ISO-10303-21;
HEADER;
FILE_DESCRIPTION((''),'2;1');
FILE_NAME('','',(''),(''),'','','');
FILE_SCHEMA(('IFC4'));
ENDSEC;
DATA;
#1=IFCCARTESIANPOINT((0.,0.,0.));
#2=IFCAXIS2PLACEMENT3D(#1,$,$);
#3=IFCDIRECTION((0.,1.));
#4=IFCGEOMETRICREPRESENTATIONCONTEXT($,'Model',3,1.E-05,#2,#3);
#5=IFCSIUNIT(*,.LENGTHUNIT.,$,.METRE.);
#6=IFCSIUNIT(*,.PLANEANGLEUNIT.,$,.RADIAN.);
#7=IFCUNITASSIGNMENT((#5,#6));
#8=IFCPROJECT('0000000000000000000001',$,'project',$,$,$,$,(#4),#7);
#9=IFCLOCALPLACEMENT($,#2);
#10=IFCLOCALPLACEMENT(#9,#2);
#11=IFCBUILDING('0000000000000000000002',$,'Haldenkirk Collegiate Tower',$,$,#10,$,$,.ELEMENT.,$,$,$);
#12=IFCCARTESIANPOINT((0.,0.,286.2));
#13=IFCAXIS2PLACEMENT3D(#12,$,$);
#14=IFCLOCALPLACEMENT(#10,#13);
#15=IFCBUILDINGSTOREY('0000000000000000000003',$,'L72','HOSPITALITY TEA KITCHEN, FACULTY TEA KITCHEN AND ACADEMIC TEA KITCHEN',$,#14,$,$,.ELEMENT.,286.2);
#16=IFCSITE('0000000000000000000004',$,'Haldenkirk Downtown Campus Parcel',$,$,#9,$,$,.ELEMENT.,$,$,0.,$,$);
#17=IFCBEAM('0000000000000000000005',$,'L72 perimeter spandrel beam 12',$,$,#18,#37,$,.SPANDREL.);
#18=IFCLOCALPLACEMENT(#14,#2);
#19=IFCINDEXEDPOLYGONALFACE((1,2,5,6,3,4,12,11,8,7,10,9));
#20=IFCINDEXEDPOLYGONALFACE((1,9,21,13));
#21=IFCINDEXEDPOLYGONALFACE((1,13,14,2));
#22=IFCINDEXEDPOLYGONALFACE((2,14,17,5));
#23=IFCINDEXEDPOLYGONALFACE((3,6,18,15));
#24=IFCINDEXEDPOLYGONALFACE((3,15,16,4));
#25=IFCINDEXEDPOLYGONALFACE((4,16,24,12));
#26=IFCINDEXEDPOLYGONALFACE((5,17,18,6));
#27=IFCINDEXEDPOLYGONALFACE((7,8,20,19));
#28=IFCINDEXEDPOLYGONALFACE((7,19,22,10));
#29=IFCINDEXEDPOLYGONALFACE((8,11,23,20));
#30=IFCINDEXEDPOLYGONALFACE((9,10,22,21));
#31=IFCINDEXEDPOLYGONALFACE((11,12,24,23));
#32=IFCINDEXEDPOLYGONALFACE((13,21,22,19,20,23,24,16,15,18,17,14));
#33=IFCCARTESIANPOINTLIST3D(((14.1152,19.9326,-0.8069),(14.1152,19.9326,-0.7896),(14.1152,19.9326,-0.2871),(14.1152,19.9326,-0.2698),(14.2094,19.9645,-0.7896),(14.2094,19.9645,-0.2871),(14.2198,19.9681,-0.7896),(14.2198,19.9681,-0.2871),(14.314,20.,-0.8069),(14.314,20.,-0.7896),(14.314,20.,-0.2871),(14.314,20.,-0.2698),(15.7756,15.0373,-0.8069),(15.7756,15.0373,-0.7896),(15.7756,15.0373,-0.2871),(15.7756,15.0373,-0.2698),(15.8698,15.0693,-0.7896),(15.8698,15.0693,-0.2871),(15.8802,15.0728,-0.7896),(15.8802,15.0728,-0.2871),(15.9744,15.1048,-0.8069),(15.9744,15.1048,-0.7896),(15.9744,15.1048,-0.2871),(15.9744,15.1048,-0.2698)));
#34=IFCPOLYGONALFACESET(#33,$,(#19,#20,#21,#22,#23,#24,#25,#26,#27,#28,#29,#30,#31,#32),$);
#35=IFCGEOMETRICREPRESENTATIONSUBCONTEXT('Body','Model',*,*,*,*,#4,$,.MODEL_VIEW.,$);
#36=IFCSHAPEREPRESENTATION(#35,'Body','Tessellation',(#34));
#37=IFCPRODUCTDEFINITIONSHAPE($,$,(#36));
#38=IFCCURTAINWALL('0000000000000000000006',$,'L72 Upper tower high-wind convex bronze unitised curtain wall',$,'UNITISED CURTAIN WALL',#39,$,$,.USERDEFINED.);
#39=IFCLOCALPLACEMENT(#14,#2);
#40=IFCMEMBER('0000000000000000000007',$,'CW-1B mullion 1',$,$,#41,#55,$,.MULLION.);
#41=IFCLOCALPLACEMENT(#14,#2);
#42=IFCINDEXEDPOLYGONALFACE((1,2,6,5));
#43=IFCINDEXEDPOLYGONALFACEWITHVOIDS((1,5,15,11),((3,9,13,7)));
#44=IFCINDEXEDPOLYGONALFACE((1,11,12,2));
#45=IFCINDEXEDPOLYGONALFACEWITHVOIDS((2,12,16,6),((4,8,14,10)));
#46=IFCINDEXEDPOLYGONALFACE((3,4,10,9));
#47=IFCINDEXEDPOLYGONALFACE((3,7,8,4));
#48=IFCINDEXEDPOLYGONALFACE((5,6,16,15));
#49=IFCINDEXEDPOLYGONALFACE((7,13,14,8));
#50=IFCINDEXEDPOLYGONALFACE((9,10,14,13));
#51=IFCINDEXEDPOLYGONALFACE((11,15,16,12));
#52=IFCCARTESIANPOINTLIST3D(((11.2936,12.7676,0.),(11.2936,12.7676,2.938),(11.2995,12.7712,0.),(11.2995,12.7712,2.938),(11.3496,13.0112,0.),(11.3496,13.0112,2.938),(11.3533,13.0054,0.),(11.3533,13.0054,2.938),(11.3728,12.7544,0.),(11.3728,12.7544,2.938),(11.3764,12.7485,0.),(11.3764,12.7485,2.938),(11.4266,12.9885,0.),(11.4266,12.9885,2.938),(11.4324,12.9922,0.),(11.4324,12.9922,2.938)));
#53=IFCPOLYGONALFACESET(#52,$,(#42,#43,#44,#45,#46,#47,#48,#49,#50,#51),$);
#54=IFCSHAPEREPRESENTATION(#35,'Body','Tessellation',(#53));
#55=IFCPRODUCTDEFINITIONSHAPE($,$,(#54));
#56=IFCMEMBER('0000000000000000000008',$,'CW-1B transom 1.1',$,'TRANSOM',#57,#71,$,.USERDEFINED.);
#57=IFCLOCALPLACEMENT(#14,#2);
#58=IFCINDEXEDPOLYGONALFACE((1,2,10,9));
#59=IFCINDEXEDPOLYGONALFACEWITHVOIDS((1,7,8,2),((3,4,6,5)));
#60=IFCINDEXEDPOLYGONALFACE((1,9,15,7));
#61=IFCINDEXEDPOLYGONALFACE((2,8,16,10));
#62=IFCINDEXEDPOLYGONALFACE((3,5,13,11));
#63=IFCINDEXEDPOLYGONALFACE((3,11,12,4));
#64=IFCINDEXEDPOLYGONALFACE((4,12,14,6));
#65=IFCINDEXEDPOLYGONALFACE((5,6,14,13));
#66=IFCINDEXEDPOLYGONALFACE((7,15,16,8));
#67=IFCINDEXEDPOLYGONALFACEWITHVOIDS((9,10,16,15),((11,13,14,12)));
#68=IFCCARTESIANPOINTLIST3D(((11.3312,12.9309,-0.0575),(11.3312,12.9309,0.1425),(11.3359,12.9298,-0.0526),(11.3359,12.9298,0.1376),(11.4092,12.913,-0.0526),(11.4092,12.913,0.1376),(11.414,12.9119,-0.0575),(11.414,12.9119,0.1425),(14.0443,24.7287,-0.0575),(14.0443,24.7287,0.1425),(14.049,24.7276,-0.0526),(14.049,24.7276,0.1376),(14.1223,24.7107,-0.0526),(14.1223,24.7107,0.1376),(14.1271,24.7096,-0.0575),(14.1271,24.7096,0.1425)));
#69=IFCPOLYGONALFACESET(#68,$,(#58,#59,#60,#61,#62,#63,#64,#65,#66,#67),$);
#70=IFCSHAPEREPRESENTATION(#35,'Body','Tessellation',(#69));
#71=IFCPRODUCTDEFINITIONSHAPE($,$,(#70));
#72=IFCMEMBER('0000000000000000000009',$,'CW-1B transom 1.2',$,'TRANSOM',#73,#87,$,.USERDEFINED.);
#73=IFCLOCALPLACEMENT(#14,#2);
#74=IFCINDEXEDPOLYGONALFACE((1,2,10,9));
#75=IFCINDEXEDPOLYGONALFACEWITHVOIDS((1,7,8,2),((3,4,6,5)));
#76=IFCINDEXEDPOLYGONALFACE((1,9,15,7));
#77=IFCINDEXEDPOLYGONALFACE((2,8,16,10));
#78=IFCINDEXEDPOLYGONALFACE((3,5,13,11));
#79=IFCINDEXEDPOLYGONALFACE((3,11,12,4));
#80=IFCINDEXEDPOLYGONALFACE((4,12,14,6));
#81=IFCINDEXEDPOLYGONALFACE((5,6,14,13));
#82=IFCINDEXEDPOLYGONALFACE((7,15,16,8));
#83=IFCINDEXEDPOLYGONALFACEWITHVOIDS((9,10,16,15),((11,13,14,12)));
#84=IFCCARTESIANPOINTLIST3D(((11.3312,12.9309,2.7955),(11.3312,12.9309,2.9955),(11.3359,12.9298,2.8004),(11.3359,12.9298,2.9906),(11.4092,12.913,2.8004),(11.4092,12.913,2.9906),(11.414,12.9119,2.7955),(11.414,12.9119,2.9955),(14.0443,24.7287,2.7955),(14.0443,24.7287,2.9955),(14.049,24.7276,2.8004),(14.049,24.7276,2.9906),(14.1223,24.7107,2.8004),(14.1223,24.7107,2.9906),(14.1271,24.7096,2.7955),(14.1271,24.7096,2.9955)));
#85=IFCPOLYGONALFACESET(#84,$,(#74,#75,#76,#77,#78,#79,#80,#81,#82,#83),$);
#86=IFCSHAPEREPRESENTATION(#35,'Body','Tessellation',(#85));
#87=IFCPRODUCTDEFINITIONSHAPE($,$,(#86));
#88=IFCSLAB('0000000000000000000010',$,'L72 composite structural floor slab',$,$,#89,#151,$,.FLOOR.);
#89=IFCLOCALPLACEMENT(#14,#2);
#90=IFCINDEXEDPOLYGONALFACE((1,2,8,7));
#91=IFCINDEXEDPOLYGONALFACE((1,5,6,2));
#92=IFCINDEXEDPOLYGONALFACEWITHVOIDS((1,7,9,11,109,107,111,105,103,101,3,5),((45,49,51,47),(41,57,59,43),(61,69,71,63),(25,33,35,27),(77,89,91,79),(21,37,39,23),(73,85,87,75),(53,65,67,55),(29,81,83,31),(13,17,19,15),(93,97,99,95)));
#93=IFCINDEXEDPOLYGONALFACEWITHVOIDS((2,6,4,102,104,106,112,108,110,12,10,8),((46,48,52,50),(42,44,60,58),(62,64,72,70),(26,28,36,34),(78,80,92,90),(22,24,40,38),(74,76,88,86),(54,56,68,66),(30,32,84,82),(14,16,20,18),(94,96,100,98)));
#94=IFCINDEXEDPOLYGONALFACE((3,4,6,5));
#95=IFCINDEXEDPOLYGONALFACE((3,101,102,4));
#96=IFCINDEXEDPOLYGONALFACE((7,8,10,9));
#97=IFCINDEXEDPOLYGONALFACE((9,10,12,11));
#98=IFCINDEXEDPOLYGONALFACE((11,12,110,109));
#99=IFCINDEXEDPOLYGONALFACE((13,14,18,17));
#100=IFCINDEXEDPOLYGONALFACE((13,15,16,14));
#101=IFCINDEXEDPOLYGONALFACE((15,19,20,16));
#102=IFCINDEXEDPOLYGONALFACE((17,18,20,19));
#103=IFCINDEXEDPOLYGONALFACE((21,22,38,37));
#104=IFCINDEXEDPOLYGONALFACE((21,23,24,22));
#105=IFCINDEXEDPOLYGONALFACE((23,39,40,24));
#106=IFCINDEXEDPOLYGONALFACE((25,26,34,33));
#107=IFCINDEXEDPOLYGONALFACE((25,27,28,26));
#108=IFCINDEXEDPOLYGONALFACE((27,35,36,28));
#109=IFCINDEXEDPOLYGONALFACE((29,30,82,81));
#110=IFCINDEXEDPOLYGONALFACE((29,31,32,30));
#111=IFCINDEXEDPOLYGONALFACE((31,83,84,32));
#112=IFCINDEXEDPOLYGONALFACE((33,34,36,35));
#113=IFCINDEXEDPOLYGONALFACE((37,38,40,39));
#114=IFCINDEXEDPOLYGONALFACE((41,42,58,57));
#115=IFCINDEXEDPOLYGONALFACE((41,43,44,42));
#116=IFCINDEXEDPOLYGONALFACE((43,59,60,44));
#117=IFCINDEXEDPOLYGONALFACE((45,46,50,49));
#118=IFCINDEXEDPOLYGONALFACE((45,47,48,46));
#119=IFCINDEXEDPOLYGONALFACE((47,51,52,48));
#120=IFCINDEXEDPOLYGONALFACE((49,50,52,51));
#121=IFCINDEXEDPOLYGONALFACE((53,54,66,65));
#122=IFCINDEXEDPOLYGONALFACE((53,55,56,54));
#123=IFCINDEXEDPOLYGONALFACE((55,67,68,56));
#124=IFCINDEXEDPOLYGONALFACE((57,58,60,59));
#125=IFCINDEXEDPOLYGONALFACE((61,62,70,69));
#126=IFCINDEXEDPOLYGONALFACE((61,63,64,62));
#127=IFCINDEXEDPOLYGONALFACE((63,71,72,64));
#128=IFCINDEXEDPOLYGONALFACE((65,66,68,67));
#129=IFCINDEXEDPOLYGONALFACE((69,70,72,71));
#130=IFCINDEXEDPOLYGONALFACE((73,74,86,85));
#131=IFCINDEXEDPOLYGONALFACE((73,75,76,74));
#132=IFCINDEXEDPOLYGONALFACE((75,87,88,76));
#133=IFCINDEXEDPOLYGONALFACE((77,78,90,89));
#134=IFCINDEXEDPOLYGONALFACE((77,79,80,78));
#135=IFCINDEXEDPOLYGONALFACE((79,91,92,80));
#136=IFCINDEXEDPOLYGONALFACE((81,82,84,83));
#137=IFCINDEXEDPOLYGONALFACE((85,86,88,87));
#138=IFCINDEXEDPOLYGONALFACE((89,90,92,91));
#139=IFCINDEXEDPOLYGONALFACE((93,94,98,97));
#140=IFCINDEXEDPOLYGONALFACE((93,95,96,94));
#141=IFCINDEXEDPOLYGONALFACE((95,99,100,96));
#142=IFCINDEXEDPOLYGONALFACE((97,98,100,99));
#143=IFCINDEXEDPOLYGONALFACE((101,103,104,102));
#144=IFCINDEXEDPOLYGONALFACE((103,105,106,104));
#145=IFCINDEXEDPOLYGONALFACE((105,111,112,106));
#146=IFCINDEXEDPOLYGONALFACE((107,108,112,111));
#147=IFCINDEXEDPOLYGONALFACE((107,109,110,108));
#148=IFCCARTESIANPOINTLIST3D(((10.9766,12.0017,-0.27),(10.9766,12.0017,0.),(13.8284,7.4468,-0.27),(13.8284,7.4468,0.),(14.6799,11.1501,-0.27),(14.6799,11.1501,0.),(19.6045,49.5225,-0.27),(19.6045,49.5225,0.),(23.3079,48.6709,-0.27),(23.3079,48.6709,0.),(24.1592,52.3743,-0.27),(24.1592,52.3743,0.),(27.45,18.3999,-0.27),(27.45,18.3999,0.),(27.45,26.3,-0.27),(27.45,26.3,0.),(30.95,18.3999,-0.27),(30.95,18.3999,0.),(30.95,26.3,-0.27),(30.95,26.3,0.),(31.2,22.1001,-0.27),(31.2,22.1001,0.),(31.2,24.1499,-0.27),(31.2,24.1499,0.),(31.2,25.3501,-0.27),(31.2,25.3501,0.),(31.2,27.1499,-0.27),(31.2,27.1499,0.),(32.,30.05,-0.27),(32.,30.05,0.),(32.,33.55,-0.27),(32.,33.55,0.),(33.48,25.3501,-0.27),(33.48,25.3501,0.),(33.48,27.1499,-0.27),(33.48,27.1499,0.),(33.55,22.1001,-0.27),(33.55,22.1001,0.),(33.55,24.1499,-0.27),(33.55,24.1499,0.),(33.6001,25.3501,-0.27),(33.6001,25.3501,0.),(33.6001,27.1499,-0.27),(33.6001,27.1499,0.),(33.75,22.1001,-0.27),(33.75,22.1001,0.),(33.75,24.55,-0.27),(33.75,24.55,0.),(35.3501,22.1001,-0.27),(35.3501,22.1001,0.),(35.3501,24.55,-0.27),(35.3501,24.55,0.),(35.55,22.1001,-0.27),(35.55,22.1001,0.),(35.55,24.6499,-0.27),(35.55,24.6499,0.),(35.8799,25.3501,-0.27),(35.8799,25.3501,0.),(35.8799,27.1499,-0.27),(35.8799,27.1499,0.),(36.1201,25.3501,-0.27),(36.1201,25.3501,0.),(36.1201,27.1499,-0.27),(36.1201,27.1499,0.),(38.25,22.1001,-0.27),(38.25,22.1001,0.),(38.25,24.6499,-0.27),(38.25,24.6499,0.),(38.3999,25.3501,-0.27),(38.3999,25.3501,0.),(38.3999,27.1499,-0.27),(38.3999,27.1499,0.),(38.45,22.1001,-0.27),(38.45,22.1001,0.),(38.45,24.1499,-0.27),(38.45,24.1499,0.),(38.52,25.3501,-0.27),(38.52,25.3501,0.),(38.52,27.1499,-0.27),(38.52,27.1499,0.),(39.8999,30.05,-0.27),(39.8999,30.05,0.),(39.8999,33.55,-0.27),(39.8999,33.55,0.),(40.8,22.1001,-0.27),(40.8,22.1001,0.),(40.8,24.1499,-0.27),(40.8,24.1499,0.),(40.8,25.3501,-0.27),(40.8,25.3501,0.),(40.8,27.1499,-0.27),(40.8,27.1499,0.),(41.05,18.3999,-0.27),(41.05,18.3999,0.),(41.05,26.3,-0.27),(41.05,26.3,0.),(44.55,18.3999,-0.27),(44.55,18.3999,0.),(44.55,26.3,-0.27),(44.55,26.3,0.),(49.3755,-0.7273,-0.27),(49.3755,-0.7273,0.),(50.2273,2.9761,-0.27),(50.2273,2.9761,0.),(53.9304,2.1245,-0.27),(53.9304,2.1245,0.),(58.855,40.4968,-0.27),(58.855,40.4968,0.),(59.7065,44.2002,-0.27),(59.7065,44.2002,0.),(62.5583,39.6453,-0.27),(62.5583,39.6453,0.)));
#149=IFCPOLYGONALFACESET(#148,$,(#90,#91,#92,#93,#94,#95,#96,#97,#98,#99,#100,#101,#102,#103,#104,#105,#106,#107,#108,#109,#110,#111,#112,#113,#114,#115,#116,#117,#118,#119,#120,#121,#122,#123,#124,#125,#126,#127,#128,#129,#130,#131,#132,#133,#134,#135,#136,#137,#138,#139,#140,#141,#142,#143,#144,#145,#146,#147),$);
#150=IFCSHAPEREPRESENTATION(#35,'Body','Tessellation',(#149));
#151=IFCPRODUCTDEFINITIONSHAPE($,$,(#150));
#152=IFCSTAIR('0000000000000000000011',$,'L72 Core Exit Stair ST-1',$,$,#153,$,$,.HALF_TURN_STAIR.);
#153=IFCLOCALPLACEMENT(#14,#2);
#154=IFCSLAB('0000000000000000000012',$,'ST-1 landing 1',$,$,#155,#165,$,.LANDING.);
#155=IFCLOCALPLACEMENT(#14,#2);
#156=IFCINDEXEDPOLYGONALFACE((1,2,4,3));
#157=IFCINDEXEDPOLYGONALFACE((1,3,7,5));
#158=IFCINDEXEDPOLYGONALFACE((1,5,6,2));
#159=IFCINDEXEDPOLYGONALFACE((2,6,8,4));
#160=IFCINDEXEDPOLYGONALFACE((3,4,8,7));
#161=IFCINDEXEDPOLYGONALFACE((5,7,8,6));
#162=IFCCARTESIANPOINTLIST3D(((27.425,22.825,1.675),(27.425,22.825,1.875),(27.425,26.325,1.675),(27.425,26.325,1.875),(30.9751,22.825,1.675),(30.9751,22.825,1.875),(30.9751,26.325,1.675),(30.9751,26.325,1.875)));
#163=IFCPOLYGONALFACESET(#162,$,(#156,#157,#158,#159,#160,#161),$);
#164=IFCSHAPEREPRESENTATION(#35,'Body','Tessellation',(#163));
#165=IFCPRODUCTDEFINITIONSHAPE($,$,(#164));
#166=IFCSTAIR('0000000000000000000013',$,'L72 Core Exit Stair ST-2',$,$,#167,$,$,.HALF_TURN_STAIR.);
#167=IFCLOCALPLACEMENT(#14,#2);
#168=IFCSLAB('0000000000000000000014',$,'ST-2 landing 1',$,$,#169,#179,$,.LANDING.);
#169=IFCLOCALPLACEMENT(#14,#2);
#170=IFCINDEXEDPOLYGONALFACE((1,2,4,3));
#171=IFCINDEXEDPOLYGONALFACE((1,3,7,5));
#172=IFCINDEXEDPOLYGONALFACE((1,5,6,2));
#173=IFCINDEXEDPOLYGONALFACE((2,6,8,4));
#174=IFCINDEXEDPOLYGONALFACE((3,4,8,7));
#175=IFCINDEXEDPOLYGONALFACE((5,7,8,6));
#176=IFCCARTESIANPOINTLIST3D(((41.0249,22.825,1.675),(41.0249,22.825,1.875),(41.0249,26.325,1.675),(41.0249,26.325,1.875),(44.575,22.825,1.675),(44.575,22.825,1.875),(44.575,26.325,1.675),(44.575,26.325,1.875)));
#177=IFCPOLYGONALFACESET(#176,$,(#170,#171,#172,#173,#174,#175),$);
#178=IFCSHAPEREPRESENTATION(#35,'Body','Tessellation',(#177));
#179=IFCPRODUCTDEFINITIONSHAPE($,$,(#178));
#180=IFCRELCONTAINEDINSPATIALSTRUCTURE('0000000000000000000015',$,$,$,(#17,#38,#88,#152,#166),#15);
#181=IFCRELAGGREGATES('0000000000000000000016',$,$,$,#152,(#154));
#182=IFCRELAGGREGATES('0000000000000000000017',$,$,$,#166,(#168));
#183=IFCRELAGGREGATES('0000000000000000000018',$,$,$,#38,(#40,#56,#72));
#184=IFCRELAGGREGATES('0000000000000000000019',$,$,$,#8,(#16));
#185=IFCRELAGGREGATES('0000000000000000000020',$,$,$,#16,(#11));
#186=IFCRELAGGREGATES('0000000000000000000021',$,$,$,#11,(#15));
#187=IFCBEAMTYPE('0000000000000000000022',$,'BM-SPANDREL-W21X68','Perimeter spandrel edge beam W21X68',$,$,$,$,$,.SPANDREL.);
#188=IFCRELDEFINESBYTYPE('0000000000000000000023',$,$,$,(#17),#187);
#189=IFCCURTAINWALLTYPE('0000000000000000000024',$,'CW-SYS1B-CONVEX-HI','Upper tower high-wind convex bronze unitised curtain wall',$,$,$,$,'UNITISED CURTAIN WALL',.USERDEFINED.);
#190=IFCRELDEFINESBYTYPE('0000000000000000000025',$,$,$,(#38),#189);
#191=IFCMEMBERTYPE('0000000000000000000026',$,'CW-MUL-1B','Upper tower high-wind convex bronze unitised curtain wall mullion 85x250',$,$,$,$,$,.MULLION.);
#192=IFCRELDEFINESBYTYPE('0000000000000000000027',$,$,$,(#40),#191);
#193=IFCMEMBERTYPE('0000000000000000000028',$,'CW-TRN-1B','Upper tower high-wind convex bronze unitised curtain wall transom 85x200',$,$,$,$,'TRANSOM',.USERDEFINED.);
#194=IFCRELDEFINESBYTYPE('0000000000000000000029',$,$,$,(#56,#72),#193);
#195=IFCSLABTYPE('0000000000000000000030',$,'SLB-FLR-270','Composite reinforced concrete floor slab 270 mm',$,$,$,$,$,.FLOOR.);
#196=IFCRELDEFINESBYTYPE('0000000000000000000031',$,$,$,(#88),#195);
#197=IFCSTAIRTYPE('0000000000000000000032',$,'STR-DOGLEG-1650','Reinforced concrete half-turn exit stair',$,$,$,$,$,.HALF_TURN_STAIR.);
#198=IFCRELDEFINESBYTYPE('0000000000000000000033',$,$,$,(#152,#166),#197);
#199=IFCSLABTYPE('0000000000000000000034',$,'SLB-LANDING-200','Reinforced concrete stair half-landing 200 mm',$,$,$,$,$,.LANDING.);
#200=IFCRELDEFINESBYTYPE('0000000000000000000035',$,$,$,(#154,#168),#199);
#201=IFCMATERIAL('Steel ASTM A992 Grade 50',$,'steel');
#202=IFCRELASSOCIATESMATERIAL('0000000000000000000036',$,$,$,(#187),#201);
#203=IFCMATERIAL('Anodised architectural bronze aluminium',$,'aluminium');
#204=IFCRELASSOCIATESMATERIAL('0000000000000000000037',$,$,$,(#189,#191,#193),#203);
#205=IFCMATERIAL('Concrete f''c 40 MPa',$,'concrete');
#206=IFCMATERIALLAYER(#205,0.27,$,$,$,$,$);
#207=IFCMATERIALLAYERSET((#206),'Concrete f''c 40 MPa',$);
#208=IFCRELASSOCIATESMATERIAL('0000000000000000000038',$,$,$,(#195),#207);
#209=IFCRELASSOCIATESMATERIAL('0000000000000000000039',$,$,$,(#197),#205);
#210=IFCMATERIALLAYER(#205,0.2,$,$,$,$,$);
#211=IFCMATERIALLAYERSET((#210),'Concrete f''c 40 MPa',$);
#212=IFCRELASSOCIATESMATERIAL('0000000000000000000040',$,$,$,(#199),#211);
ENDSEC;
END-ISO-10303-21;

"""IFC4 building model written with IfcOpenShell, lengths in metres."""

from ifc_helpers import new_model, si_unit, direction, frame, origin, origin_2d, place, context, subcontext, project, spatial, polyline, hollow_rectangle, i_section, outline, extrude, material, layer, layer_set, material_profile, profile_set, type_object, element, aggregate, save


model = new_model("IFC4")

# Units and contexts
model_context = context("Model", 3, precision=1e-05, world=origin(), true_north=direction((0.0, 1.0)))
body_context = subcontext(model_context, "Body", "Model", "MODEL_VIEW")
ifc_project = project(units=[si_unit("LENGTHUNIT", "METRE"), si_unit("PLANEANGLEUNIT", "RADIAN")], contexts=[model_context])

# Site, building, storey
site_placement = place(None, origin())
site = spatial("IfcSite", under=ifc_project, at=site_placement, Name="Haldenkirk Downtown Campus Parcel", CompositionType="ELEMENT", RefElevation=0.0)
building_placement = place(site_placement, origin())
building = spatial("IfcBuilding", under=site, at=building_placement, Name="Haldenkirk Collegiate Tower", CompositionType="ELEMENT")
storey_placement = place(building_placement, frame((0.0, 0.0, 286.2)))
storey = spatial("IfcBuildingStorey", under=building, at=storey_placement, Name="L72", Description="HOSPITALITY TEA KITCHEN, FACULTY TEA KITCHEN AND ACADEMIC TEA KITCHEN", CompositionType="ELEMENT", Elevation=286.2)

# Beam
ifc_material_1 = material(Name="Steel ASTM A992 Grade 50", Category="steel")
ifc_material_profile_1 = material_profile(ifc_material_1, i_section(OverallWidth=0.21, OverallDepth=0.5371, WebThickness=0.011, FlangeThickness=0.0173, at=origin_2d()), Name="W21X68")
ifc_profile_set_1 = profile_set([ifc_material_profile_1], Name="Steel ASTM A992 Grade 50")
beam_type = type_object("IfcBeamType", Name="BM-SPANDREL-W21X68", Description="Perimeter spandrel edge beam W21X68", PredefinedType="SPANDREL", material=ifc_profile_set_1)
beam_placement = place(storey_placement, frame((14.2146, 19.9663, -0.5383), z_axis=(0.321211, -0.947008, 0.0), x_axis=(0.947008, 0.321211, 0.0)))
element("IfcBeam", 1, at=beam_placement, inside=storey, type_object=beam_type, Name="L72 perimeter spandrel beam 12", PredefinedType="SPANDREL", context=body_context, shape_type="SweptSolid", body=[
    extrude(i_section(OverallWidth=0.21, OverallDepth=0.5371, WebThickness=0.011, FlangeThickness=0.0173, at=origin_2d()), origin(), (0.0, 0.0, 1.0), 5.1692),
])

# Curtain wall, members
ifc_material_2 = material(Name="Anodised architectural bronze aluminium", Category="aluminium")
curtain_wall_type = type_object("IfcCurtainWallType", Name="CW-SYS1B-CONVEX-HI", Description="Upper tower high-wind convex bronze unitised curtain wall", ElementType="UNITISED CURTAIN WALL", PredefinedType="USERDEFINED", material=ifc_material_2)
curtain_wall_placement = place(storey_placement, origin())
curtain_wall = element("IfcCurtainWall", 2, at=curtain_wall_placement, inside=storey, type_object=curtain_wall_type, Name="L72 Upper tower high-wind convex bronze unitised curtain wall", ObjectType="UNITISED CURTAIN WALL", PredefinedType="USERDEFINED")
ifc_material_profile_2 = material_profile(ifc_material_2, hollow_rectangle(XDim=0.085, YDim=0.25, WallThickness=0.0049, at=origin_2d()), Name="CW-MUL-1B")
ifc_profile_set_2 = profile_set([ifc_material_profile_2], Name="Anodised architectural bronze aluminium")
member_type_1 = type_object("IfcMemberType", Name="CW-MUL-1B", Description="Upper tower high-wind convex bronze unitised curtain wall mullion 85x250", PredefinedType="MULLION", material=ifc_profile_set_2)
member_1_placement = place(storey_placement, frame((11.363, 12.8799, 0.0), z_axis=(0.0, 0.0, 1.0), x_axis=(-0.974566, 0.224101, 0.0)))
member_1 = element("IfcMember", 3, at=member_1_placement, type_object=member_type_1, Name="CW-1B mullion 1", PredefinedType="MULLION", context=body_context, shape_type="SweptSolid", body=[
    extrude(hollow_rectangle(XDim=0.085, YDim=0.25, WallThickness=0.0049, at=origin_2d()), origin(), (0.0, 0.0, 1.0), 2.938),
])
ifc_material_profile_3 = material_profile(ifc_material_2, hollow_rectangle(XDim=0.085, YDim=0.2, WallThickness=0.0049, at=origin_2d()), Name="CW-TRN-1B")
ifc_profile_set_3 = profile_set([ifc_material_profile_3], Name="Anodised architectural bronze aluminium")
member_type_2 = type_object("IfcMemberType", Name="CW-TRN-1B", Description="Upper tower high-wind convex bronze unitised curtain wall transom 85x200", ElementType="TRANSOM", PredefinedType="USERDEFINED", material=ifc_profile_set_3)
member_2_placement = place(storey_placement, frame((11.3726, 12.9214, 0.0425), z_axis=(0.224119, 0.974562, 0.0), x_axis=(-0.974562, 0.224119, 0.0)))
member_2 = element("IfcMember", 4, at=member_2_placement, type_object=member_type_2, Name="CW-1B transom 1.1", ObjectType="TRANSOM", PredefinedType="USERDEFINED", context=body_context, shape_type="SweptSolid", body=[
    extrude(hollow_rectangle(XDim=0.085, YDim=0.2, WallThickness=0.0049, at=origin_2d()), origin(), (0.0, 0.0, 1.0), 12.1057),
])
member_3_placement = place(storey_placement, frame((11.3726, 12.9214, 2.8955), z_axis=(0.224119, 0.974562, 0.0), x_axis=(-0.974562, 0.224119, 0.0)))
member_3 = element("IfcMember", 5, at=member_3_placement, type_object=member_type_2, Name="CW-1B transom 1.2", ObjectType="TRANSOM", PredefinedType="USERDEFINED", context=body_context, shape_type="SweptSolid", body=[
    extrude(hollow_rectangle(XDim=0.085, YDim=0.2, WallThickness=0.0049, at=origin_2d()), origin(), (0.0, 0.0, 1.0), 12.1057),
])

# Slab
ifc_material_3 = material(Name="Concrete f'c 40 MPa", Category="concrete")
ifc_layer_1 = layer(ifc_material_3, 0.27)
ifc_layer_set_1 = layer_set([ifc_layer_1], Name="Concrete f'c 40 MPa")
slab_type_1 = type_object("IfcSlabType", Name="SLB-FLR-270", Description="Composite reinforced concrete floor slab 270 mm", PredefinedType="FLOOR", material=ifc_layer_set_1)
slab_1_placement = place(storey_placement, frame((0.0, 0.0, -0.27)))
element("IfcSlab", 6, at=slab_1_placement, inside=storey, type_object=slab_type_1, Name="L72 composite structural floor slab", PredefinedType="FLOOR", context=body_context, shape_type="SweptSolid", body=[
    extrude(outline(polyline([(53.9304, 2.1245), (62.5583, 39.6453), (58.855, 40.4968), (59.7065, 44.2002), (24.1592, 52.3743), (23.3079, 48.6709), (19.6045, 49.5225), (10.9766, 12.0017), (14.6799, 11.1501), (13.8284, 7.4468), (49.3755, -0.7273), (50.2273, 2.9761), (53.9304, 2.1245)]), holes=[polyline([(27.45, 18.3999), (30.95, 18.3999), (30.95, 26.3), (27.45, 26.3), (27.45, 18.3999)]), polyline([(41.05, 18.3999), (44.55, 18.3999), (44.55, 26.3), (41.05, 26.3), (41.05, 18.3999)]), polyline([(32.0, 30.05), (39.8999, 30.05), (39.8999, 33.55), (32.0, 33.55), (32.0, 30.05)]), polyline([(33.75, 22.1001), (35.3501, 22.1001), (35.3501, 24.55), (33.75, 24.55), (33.75, 22.1001)]), polyline([(31.2, 25.3501), (33.48, 25.3501), (33.48, 27.1499), (31.2, 27.1499), (31.2, 25.3501)]), polyline([(33.6001, 25.3501), (35.8799, 25.3501), (35.8799, 27.1499), (33.6001, 27.1499), (33.6001, 25.3501)]), polyline([(36.1201, 25.3501), (38.3999, 25.3501), (38.3999, 27.1499), (36.1201, 27.1499), (36.1201, 25.3501)]), polyline([(38.52, 25.3501), (40.8, 25.3501), (40.8, 27.1499), (38.52, 27.1499), (38.52, 25.3501)]), polyline([(31.2, 22.1001), (33.55, 22.1001), (33.55, 24.1499), (31.2, 24.1499), (31.2, 22.1001)]), polyline([(38.45, 22.1001), (40.8, 22.1001), (40.8, 24.1499), (38.45, 24.1499), (38.45, 22.1001)]), polyline([(35.55, 22.1001), (38.25, 22.1001), (38.25, 24.6499), (35.55, 24.6499), (35.55, 22.1001)])]), origin(), (0.0, 0.0, 1.0), 0.27),
])

# Stairs, slabs
stair_type = type_object("IfcStairType", Name="STR-DOGLEG-1650", Description="Reinforced concrete half-turn exit stair", PredefinedType="HALF_TURN_STAIR", material=ifc_material_3)
stair_1_placement = place(storey_placement, origin())
stair_1 = element("IfcStair", 7, at=stair_1_placement, inside=storey, type_object=stair_type, Name="L72 Core Exit Stair ST-1", PredefinedType="HALF_TURN_STAIR")
ifc_layer_2 = layer(ifc_material_3, 0.2)
ifc_layer_set_2 = layer_set([ifc_layer_2], Name="Concrete f'c 40 MPa")
slab_type_2 = type_object("IfcSlabType", Name="SLB-LANDING-200", Description="Reinforced concrete stair half-landing 200 mm", PredefinedType="LANDING", material=ifc_layer_set_2)
slab_2_placement = place(storey_placement, frame((0.0, 0.0, 1.675)))
slab_2 = element("IfcSlab", 8, at=slab_2_placement, type_object=slab_type_2, Name="ST-1 landing 1", PredefinedType="LANDING", context=body_context, shape_type="SweptSolid", body=[
    extrude(outline(polyline([(30.9751, 22.825), (27.425, 22.825), (27.425, 26.325), (30.9751, 26.325), (30.9751, 22.825)])), origin(), (0.0, 0.0, 1.0), 0.2),
])
aggregate(stair_1, [slab_2])
stair_2_placement = place(storey_placement, origin())
stair_2 = element("IfcStair", 9, at=stair_2_placement, inside=storey, type_object=stair_type, Name="L72 Core Exit Stair ST-2", PredefinedType="HALF_TURN_STAIR")
slab_3_placement = place(storey_placement, frame((0.0, 0.0, 1.675)))
slab_3 = element("IfcSlab", 10, at=slab_3_placement, type_object=slab_type_2, Name="ST-2 landing 1", PredefinedType="LANDING", context=body_context, shape_type="SweptSolid", body=[
    extrude(outline(polyline([(44.575, 22.825), (41.0249, 22.825), (41.0249, 26.325), (44.575, 26.325), (44.575, 22.825)])), origin(), (0.0, 0.0, 1.0), 0.2),
])
aggregate(stair_2, [slab_3])

aggregate(curtain_wall, [member_1, member_2, member_3])

save(model, "model.ifc")
